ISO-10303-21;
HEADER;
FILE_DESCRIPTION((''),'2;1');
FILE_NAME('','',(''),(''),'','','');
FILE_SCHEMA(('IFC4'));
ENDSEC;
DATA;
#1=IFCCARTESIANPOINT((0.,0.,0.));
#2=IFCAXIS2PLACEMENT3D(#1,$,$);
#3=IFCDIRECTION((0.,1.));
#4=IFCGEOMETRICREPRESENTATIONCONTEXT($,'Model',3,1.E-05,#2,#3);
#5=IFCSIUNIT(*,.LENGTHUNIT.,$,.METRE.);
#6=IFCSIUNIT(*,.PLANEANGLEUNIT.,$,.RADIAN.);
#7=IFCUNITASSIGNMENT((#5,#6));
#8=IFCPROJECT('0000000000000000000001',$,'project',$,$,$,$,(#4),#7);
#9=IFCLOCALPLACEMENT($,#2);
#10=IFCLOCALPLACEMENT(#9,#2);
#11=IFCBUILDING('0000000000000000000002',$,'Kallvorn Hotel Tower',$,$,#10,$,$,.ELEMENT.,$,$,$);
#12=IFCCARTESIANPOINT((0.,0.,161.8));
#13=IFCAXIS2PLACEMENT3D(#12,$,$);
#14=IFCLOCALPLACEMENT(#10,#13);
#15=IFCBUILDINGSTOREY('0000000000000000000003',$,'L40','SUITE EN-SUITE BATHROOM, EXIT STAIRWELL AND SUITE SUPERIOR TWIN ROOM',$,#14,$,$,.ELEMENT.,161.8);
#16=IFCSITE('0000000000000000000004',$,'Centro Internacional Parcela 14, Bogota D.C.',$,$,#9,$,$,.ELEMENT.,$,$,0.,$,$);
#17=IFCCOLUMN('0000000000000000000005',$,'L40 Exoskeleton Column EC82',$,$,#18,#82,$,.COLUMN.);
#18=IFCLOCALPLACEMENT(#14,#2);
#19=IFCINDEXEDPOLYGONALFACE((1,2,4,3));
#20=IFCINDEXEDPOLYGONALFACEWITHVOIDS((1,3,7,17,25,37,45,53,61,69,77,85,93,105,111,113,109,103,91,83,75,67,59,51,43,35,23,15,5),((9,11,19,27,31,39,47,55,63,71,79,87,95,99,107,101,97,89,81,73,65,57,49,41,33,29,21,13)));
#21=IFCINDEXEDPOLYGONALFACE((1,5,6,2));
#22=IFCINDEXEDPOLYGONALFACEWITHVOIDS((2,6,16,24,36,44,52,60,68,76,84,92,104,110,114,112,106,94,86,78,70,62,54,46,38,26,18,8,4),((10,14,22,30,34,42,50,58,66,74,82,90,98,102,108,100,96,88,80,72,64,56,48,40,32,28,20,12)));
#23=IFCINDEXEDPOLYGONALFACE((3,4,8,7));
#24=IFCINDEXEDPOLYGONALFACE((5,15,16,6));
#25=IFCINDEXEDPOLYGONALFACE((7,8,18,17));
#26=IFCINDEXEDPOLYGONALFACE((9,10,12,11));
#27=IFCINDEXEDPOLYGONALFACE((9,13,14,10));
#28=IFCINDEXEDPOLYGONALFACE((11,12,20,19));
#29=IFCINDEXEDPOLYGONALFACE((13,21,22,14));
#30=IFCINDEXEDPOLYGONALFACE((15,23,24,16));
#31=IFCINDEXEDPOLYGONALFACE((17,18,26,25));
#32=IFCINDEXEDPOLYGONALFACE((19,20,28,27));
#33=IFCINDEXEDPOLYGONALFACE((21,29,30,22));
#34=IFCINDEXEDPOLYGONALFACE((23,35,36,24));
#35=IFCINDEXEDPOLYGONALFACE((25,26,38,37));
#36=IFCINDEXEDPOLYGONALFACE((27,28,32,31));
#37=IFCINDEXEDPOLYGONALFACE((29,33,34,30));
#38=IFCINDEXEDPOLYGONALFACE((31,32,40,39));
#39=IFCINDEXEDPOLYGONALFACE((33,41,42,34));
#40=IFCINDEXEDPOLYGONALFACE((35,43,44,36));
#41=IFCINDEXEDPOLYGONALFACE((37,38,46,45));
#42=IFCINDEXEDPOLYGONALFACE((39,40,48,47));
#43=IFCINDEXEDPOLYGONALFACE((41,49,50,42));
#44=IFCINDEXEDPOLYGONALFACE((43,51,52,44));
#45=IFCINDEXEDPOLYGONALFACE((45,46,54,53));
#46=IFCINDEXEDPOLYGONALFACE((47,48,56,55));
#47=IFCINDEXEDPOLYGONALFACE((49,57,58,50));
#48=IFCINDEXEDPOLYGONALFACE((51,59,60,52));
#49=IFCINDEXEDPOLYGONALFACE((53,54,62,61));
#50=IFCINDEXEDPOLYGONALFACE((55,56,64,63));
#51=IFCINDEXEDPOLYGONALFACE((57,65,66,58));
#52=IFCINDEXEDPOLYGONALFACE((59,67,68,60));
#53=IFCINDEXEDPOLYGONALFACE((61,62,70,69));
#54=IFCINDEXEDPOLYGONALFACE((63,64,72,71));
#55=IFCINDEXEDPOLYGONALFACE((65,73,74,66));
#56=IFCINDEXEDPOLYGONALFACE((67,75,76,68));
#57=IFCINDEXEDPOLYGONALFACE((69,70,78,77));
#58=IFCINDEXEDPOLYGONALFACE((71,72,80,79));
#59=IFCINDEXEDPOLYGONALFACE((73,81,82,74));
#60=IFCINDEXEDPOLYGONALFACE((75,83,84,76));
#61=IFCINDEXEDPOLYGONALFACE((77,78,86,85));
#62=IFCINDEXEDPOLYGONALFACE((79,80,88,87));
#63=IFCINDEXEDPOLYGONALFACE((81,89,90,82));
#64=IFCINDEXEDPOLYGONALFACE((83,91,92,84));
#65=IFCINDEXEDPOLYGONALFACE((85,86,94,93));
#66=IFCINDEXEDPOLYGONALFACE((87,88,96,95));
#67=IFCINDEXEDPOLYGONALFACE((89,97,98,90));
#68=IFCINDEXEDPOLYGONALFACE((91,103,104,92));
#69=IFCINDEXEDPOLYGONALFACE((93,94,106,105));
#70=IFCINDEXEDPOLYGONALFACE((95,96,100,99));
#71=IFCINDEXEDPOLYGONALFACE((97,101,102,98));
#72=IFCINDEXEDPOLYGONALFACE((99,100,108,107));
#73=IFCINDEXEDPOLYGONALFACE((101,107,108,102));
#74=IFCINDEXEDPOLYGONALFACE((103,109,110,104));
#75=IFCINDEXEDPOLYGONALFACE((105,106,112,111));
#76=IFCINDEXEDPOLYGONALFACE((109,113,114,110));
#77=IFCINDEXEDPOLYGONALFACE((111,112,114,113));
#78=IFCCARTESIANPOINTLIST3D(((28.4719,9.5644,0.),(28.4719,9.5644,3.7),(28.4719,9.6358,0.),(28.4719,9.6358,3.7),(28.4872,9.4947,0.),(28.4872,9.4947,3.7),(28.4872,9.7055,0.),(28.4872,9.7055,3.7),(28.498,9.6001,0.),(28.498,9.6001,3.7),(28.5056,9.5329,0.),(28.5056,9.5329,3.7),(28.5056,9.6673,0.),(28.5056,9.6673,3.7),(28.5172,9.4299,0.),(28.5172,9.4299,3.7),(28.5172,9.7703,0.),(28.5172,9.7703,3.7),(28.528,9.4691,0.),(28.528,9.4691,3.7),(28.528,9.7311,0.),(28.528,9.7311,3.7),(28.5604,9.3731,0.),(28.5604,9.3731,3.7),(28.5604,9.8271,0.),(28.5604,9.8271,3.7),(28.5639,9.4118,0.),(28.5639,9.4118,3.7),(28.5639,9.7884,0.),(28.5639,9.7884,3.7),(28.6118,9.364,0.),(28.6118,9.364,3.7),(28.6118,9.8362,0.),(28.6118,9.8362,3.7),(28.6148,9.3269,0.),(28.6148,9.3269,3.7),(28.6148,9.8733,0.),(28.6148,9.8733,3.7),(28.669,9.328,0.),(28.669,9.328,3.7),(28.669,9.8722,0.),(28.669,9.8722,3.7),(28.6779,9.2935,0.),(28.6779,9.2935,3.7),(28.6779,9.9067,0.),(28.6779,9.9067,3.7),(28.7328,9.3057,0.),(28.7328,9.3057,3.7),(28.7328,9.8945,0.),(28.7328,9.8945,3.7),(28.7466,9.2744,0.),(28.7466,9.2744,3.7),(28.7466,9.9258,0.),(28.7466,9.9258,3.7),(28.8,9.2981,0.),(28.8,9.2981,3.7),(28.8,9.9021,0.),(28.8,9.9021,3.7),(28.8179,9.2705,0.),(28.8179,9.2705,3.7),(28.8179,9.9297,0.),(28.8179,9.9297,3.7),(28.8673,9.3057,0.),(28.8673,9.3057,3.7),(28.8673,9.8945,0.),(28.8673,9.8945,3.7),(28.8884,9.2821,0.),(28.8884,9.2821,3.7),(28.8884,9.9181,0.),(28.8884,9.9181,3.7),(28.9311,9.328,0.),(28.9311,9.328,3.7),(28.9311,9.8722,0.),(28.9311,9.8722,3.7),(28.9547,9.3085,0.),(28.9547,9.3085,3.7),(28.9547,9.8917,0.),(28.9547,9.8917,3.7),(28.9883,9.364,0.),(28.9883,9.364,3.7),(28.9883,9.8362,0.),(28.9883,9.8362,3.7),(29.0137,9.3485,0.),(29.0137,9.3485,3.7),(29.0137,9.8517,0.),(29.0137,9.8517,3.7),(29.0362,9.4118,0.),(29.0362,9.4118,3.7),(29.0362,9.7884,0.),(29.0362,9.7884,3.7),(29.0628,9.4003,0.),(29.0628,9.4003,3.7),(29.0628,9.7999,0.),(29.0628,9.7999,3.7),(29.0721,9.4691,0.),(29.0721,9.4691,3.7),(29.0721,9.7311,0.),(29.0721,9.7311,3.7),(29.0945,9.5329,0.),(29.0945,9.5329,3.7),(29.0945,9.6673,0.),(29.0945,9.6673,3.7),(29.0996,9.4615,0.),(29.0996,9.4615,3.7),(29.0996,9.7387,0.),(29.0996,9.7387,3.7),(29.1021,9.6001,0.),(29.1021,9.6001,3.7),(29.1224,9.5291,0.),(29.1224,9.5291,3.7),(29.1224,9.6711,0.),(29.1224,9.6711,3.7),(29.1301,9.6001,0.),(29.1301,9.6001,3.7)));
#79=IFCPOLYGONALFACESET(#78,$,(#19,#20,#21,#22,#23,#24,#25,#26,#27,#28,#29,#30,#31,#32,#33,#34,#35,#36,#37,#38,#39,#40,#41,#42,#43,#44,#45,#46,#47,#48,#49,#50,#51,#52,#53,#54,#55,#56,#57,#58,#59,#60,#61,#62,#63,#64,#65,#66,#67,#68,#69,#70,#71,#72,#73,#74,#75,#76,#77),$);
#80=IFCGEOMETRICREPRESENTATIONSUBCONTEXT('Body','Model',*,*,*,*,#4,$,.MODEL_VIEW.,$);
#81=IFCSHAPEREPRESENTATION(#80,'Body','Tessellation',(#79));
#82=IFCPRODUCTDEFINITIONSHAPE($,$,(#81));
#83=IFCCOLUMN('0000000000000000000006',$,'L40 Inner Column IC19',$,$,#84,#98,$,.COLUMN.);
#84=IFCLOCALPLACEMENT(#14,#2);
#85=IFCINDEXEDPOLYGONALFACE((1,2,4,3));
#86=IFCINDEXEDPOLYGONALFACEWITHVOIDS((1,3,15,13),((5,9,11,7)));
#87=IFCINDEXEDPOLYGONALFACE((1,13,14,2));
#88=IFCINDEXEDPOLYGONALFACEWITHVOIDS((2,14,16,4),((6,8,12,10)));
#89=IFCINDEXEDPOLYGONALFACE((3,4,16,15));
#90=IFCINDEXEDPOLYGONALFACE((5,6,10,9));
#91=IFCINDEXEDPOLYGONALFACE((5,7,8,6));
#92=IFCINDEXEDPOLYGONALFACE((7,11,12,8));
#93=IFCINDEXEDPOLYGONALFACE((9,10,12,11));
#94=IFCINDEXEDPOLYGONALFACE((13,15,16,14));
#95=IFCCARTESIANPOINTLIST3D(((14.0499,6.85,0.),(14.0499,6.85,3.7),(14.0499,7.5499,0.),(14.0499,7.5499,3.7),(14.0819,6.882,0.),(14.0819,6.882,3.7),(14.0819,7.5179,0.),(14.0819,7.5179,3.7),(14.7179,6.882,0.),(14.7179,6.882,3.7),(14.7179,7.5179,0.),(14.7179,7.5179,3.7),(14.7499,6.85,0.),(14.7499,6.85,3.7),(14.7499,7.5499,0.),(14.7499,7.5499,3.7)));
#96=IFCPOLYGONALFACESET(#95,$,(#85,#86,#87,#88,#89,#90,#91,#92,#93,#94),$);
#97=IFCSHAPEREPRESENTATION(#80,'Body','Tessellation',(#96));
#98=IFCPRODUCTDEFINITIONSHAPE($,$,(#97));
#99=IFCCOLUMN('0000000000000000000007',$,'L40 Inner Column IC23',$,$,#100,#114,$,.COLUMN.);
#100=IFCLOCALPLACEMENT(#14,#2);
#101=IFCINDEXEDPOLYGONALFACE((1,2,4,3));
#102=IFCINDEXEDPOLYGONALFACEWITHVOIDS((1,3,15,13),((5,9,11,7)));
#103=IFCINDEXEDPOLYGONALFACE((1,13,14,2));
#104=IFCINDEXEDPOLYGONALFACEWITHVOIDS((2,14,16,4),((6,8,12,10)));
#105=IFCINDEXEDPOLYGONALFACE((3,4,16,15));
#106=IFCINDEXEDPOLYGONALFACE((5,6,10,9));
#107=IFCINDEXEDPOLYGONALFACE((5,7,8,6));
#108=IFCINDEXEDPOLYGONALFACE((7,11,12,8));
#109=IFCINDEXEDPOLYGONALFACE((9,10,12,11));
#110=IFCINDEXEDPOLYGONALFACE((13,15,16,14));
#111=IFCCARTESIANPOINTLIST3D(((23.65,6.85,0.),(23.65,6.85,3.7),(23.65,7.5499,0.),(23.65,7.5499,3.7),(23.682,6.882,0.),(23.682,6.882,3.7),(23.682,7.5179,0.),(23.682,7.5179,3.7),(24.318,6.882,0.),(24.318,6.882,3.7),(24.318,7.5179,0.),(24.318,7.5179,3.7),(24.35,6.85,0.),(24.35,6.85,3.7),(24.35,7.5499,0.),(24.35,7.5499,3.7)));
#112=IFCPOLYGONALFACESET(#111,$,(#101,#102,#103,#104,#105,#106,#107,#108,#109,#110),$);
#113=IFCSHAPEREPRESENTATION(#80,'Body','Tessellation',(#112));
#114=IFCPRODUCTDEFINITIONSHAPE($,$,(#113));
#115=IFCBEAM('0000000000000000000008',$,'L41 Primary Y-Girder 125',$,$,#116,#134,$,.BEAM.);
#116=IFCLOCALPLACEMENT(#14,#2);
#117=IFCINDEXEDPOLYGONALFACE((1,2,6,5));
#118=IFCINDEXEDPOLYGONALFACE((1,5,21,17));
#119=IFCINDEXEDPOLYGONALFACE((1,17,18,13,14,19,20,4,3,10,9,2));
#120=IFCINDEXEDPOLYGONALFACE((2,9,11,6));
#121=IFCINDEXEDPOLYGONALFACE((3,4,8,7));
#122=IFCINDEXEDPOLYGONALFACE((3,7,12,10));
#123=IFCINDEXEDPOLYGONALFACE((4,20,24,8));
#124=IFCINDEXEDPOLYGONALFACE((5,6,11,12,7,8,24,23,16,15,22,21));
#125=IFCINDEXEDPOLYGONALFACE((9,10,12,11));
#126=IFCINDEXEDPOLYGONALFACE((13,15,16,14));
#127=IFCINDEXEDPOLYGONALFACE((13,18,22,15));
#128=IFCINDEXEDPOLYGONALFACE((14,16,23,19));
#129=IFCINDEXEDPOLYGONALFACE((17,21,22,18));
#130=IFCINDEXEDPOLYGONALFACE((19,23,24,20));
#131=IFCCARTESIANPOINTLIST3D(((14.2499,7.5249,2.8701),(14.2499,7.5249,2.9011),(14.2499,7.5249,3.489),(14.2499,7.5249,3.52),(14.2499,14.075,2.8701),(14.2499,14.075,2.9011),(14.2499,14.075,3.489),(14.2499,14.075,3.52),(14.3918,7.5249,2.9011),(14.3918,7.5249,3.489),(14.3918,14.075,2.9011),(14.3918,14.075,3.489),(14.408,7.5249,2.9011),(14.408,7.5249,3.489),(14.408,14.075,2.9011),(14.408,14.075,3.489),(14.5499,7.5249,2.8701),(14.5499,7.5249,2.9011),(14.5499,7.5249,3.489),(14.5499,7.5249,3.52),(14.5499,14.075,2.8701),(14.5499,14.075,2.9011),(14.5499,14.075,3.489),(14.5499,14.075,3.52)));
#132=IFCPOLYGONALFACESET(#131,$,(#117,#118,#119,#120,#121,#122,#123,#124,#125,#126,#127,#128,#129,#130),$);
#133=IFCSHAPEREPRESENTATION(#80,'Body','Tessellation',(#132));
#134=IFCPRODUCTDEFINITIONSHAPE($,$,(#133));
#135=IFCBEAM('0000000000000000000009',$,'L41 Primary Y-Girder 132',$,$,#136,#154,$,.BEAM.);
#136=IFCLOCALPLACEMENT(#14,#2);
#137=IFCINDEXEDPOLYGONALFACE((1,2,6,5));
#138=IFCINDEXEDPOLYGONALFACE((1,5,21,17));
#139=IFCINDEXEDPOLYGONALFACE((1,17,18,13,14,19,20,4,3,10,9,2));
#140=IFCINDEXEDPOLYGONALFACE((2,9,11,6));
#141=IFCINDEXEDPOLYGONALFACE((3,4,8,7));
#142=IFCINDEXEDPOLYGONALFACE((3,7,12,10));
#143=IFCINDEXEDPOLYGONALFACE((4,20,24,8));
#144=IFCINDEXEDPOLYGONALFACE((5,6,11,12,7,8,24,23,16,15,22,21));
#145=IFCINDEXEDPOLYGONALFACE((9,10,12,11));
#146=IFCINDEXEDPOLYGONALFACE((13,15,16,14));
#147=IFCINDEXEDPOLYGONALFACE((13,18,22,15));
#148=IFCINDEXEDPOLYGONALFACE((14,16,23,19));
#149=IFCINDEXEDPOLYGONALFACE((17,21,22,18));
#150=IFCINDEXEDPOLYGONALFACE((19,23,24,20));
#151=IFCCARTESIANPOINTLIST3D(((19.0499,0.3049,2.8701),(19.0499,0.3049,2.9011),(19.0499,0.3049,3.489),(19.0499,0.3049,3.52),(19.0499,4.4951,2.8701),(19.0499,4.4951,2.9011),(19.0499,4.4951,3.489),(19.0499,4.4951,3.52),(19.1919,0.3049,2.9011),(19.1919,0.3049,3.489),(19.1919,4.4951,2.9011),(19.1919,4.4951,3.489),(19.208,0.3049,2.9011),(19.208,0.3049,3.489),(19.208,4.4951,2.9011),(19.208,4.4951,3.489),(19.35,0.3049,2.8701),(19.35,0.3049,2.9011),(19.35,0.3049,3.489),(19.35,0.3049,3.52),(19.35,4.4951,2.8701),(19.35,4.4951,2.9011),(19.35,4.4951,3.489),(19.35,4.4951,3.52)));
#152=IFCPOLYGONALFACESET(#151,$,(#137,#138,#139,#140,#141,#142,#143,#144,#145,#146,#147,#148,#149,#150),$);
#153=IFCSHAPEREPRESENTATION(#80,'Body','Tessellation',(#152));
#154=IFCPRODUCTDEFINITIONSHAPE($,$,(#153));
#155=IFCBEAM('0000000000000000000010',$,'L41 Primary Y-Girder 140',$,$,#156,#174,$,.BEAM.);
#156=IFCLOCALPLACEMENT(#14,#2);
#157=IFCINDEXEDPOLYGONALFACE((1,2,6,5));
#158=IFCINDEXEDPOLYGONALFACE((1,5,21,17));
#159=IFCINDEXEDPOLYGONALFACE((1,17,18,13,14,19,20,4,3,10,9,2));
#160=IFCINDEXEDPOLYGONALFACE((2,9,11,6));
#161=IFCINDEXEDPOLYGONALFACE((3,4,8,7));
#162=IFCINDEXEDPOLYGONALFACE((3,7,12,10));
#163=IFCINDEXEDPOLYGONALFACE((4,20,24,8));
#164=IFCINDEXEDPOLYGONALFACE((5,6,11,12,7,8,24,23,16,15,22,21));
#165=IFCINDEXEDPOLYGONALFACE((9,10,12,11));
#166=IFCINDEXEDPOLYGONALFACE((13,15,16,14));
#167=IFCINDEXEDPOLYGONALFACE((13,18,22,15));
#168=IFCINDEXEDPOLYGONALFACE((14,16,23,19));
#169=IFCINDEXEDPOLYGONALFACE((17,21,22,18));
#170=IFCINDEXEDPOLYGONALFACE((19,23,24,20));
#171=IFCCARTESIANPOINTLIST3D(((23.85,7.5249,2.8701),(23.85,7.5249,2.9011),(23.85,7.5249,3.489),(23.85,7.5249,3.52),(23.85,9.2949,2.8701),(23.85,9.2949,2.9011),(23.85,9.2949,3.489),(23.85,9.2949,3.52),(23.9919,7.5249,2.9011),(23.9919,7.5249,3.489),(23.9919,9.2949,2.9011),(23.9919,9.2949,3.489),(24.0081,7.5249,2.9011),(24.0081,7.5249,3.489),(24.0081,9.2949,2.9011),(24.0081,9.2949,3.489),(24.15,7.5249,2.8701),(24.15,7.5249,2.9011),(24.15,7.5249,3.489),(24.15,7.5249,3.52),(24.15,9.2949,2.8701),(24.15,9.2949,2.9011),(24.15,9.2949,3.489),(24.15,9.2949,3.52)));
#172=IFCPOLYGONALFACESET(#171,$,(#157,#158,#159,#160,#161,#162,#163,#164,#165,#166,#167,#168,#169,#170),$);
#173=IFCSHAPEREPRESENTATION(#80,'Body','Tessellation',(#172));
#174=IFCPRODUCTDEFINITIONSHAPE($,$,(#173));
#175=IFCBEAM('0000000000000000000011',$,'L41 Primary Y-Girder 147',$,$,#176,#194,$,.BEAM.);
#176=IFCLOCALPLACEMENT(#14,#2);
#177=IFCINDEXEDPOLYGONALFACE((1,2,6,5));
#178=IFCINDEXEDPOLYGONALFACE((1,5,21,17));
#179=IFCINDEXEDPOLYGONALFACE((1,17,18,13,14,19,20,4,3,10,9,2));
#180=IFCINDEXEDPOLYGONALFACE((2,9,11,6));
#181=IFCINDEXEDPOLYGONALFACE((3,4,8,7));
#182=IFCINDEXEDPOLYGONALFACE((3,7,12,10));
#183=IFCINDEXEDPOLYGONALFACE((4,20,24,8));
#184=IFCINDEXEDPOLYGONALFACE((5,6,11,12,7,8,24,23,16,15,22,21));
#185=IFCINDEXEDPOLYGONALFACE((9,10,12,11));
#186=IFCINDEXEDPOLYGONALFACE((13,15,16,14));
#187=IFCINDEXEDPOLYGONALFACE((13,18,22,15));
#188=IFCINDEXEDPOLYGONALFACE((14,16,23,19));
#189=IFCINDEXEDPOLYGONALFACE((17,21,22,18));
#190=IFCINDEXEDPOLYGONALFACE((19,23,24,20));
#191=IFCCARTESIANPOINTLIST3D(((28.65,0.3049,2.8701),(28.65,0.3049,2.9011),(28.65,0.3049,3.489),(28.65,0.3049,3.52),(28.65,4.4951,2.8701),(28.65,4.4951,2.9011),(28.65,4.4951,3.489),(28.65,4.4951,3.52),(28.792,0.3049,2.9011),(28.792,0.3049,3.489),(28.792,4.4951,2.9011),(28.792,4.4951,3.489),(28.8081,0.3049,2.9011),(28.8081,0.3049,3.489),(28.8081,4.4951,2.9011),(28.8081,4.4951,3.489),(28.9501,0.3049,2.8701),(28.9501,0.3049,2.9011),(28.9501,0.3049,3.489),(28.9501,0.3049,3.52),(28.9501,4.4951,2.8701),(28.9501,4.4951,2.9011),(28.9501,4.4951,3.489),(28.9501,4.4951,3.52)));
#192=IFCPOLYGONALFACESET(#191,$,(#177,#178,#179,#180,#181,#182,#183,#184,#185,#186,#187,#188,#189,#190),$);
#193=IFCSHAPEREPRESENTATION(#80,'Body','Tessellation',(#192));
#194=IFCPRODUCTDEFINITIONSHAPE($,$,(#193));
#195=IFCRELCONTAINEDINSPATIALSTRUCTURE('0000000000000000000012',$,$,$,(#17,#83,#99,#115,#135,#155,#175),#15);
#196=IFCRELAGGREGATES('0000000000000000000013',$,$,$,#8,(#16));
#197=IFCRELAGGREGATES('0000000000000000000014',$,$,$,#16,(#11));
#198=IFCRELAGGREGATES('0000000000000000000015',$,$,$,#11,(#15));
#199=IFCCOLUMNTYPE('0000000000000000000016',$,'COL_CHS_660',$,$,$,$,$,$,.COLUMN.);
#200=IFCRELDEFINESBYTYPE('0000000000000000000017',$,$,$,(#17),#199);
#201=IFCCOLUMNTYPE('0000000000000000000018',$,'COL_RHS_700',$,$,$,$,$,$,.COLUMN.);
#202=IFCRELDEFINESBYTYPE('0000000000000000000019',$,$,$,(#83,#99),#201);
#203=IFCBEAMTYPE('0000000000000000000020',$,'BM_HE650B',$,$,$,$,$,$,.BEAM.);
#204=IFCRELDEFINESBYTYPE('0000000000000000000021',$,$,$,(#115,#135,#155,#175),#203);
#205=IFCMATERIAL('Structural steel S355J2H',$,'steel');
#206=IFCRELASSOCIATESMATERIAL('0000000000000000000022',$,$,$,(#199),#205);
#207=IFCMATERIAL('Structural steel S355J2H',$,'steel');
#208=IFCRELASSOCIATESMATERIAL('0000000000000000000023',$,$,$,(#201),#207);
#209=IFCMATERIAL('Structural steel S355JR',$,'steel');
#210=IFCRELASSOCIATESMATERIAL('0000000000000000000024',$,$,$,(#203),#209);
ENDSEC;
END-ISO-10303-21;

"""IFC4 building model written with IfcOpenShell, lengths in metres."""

from ifc_helpers import new_model, si_unit, direction, frame, origin, origin_2d, place, context, subcontext, project, spatial, hollow_rectangle, hollow_circle, i_section, extrude, material, material_profile, profile_set, type_object, element, save


model = new_model("IFC4")

# Units and contexts
model_context = context("Model", 3, precision=1e-05, world=origin(), true_north=direction((0.0, 1.0)))
body_context = subcontext(model_context, "Body", "Model", "MODEL_VIEW")
ifc_project = project(units=[si_unit("LENGTHUNIT", "METRE"), si_unit("PLANEANGLEUNIT", "RADIAN")], contexts=[model_context])

# Site, building, storey
site_placement = place(None, origin())
site = spatial("IfcSite", under=ifc_project, at=site_placement, Name="Centro Internacional Parcela 14, Bogota D.C.", CompositionType="ELEMENT", RefElevation=0.0)
building_placement = place(site_placement, origin())
building = spatial("IfcBuilding", under=site, at=building_placement, Name="Kallvorn Hotel Tower", CompositionType="ELEMENT")
storey_placement = place(building_placement, frame((0.0, 0.0, 161.8)))
storey = spatial("IfcBuildingStorey", under=building, at=storey_placement, Name="L40", Description="SUITE EN-SUITE BATHROOM, EXIT STAIRWELL AND SUITE SUPERIOR TWIN ROOM", CompositionType="ELEMENT", Elevation=161.8)

# Columns
ifc_material_1 = material(Name="Structural steel S355J2H", Category="steel")
ifc_material_profile_1 = material_profile(ifc_material_1, hollow_circle(Radius=0.3301, WallThickness=0.0281, at=origin_2d()), Name="CHS 660x28")
ifc_profile_set_1 = profile_set([ifc_material_profile_1], Name="Structural steel S355J2H")
column_type_1 = type_object("IfcColumnType", Name="COL_CHS_660", PredefinedType="COLUMN", material=ifc_profile_set_1)
for number, where, z_axis, x_axis, name in (
    (1, (28.8, 9.6001, 0.0), (0.0, 0.0, 1.0), (1.0, 0.0, 0.0), "L40 Exoskeleton Column EC82"),
):
    element("IfcColumn", number, at=place(storey_placement, frame(where, z_axis=z_axis, x_axis=x_axis)), inside=storey, type_object=column_type_1, Name=name, PredefinedType="COLUMN", context=body_context, shape_type="SweptSolid", body=[
        extrude(hollow_circle(Radius=0.3301, WallThickness=0.0281, at=origin_2d()), origin(), (0.0, 0.0, 1.0), 3.7),
    ])
ifc_material_2 = material(Name="Structural steel S355J2H", Category="steel")
ifc_material_profile_2 = material_profile(ifc_material_2, hollow_rectangle(XDim=0.7, YDim=0.7, WallThickness=0.032, at=origin_2d()), Name="RHS 700x700x32")
ifc_profile_set_2 = profile_set([ifc_material_profile_2], Name="Structural steel S355J2H")
column_type_2 = type_object("IfcColumnType", Name="COL_RHS_700", PredefinedType="COLUMN", material=ifc_profile_set_2)
for number, where, z_axis, x_axis, name in (
    (2, (14.3999, 7.2, 0.0), (0.0, 0.0, 1.0), (1.0, 0.0, 0.0), "L40 Inner Column IC19"),
    (3, (24.0, 7.2, 0.0), (0.0, 0.0, 1.0), (1.0, 0.0, 0.0), "L40 Inner Column IC23"),
):
    element("IfcColumn", number, at=place(storey_placement, frame(where, z_axis=z_axis, x_axis=x_axis)), inside=storey, type_object=column_type_2, Name=name, PredefinedType="COLUMN", context=body_context, shape_type="SweptSolid", body=[
        extrude(hollow_rectangle(XDim=0.7, YDim=0.7, WallThickness=0.032, at=origin_2d()), origin(), (0.0, 0.0, 1.0), 3.7),
    ])

# Beams
ifc_material_3 = material(Name="Structural steel S355JR", Category="steel")
ifc_material_profile_3 = material_profile(ifc_material_3, i_section(OverallWidth=0.3, OverallDepth=0.6499, WebThickness=0.0161, FlangeThickness=0.031, at=origin_2d()), Name="HE 650 B")
ifc_profile_set_3 = profile_set([ifc_material_profile_3], Name="Structural steel S355JR")
beam_type_1 = type_object("IfcBeamType", Name="BM_HE650B", PredefinedType="BEAM", material=ifc_profile_set_3)
beam_1_placement = place(storey_placement, frame((14.3999, 7.5249, 3.1951), z_axis=(0.0, 1.0, 0.0), x_axis=(-1.0, 0.0, 0.0)))
element("IfcBeam", 4, at=beam_1_placement, inside=storey, type_object=beam_type_1, Name="L41 Primary Y-Girder 125", PredefinedType="BEAM", context=body_context, shape_type="SweptSolid", body=[
    extrude(i_section(OverallWidth=0.3, OverallDepth=0.6499, WebThickness=0.0161, FlangeThickness=0.031, at=origin_2d()), origin(), (0.0, 0.0, 1.0), 6.55),
])
beam_2_placement = place(storey_placement, frame((19.2, 0.3049, 3.1951), z_axis=(0.0, 1.0, 0.0), x_axis=(-1.0, 0.0, 0.0)))
element("IfcBeam", 5, at=beam_2_placement, inside=storey, type_object=beam_type_1, Name="L41 Primary Y-Girder 132", PredefinedType="BEAM", context=body_context, shape_type="SweptSolid", body=[
    extrude(i_section(OverallWidth=0.3, OverallDepth=0.6499, WebThickness=0.0161, FlangeThickness=0.031, at=origin_2d()), origin(), (0.0, 0.0, 1.0), 4.1902),
])
beam_3_placement = place(storey_placement, frame((24.0, 7.5249, 3.1951), z_axis=(0.0, 1.0, 0.0), x_axis=(-1.0, 0.0, 0.0)))
element("IfcBeam", 6, at=beam_3_placement, inside=storey, type_object=beam_type_1, Name="L41 Primary Y-Girder 140", PredefinedType="BEAM", context=body_context, shape_type="SweptSolid", body=[
    extrude(i_section(OverallWidth=0.3, OverallDepth=0.6499, WebThickness=0.0161, FlangeThickness=0.031, at=origin_2d()), origin(), (0.0, 0.0, 1.0), 1.77),
])
beam_4_placement = place(storey_placement, frame((28.8, 0.3049, 3.1951), z_axis=(0.0, 1.0, 0.0), x_axis=(-1.0, 0.0, 0.0)))
element("IfcBeam", 7, at=beam_4_placement, inside=storey, type_object=beam_type_1, Name="L41 Primary Y-Girder 147", PredefinedType="BEAM", context=body_context, shape_type="SweptSolid", body=[
    extrude(i_section(OverallWidth=0.3, OverallDepth=0.6499, WebThickness=0.0161, FlangeThickness=0.031, at=origin_2d()), origin(), (0.0, 0.0, 1.0), 4.1902),
])

save(model, "model.ifc")
